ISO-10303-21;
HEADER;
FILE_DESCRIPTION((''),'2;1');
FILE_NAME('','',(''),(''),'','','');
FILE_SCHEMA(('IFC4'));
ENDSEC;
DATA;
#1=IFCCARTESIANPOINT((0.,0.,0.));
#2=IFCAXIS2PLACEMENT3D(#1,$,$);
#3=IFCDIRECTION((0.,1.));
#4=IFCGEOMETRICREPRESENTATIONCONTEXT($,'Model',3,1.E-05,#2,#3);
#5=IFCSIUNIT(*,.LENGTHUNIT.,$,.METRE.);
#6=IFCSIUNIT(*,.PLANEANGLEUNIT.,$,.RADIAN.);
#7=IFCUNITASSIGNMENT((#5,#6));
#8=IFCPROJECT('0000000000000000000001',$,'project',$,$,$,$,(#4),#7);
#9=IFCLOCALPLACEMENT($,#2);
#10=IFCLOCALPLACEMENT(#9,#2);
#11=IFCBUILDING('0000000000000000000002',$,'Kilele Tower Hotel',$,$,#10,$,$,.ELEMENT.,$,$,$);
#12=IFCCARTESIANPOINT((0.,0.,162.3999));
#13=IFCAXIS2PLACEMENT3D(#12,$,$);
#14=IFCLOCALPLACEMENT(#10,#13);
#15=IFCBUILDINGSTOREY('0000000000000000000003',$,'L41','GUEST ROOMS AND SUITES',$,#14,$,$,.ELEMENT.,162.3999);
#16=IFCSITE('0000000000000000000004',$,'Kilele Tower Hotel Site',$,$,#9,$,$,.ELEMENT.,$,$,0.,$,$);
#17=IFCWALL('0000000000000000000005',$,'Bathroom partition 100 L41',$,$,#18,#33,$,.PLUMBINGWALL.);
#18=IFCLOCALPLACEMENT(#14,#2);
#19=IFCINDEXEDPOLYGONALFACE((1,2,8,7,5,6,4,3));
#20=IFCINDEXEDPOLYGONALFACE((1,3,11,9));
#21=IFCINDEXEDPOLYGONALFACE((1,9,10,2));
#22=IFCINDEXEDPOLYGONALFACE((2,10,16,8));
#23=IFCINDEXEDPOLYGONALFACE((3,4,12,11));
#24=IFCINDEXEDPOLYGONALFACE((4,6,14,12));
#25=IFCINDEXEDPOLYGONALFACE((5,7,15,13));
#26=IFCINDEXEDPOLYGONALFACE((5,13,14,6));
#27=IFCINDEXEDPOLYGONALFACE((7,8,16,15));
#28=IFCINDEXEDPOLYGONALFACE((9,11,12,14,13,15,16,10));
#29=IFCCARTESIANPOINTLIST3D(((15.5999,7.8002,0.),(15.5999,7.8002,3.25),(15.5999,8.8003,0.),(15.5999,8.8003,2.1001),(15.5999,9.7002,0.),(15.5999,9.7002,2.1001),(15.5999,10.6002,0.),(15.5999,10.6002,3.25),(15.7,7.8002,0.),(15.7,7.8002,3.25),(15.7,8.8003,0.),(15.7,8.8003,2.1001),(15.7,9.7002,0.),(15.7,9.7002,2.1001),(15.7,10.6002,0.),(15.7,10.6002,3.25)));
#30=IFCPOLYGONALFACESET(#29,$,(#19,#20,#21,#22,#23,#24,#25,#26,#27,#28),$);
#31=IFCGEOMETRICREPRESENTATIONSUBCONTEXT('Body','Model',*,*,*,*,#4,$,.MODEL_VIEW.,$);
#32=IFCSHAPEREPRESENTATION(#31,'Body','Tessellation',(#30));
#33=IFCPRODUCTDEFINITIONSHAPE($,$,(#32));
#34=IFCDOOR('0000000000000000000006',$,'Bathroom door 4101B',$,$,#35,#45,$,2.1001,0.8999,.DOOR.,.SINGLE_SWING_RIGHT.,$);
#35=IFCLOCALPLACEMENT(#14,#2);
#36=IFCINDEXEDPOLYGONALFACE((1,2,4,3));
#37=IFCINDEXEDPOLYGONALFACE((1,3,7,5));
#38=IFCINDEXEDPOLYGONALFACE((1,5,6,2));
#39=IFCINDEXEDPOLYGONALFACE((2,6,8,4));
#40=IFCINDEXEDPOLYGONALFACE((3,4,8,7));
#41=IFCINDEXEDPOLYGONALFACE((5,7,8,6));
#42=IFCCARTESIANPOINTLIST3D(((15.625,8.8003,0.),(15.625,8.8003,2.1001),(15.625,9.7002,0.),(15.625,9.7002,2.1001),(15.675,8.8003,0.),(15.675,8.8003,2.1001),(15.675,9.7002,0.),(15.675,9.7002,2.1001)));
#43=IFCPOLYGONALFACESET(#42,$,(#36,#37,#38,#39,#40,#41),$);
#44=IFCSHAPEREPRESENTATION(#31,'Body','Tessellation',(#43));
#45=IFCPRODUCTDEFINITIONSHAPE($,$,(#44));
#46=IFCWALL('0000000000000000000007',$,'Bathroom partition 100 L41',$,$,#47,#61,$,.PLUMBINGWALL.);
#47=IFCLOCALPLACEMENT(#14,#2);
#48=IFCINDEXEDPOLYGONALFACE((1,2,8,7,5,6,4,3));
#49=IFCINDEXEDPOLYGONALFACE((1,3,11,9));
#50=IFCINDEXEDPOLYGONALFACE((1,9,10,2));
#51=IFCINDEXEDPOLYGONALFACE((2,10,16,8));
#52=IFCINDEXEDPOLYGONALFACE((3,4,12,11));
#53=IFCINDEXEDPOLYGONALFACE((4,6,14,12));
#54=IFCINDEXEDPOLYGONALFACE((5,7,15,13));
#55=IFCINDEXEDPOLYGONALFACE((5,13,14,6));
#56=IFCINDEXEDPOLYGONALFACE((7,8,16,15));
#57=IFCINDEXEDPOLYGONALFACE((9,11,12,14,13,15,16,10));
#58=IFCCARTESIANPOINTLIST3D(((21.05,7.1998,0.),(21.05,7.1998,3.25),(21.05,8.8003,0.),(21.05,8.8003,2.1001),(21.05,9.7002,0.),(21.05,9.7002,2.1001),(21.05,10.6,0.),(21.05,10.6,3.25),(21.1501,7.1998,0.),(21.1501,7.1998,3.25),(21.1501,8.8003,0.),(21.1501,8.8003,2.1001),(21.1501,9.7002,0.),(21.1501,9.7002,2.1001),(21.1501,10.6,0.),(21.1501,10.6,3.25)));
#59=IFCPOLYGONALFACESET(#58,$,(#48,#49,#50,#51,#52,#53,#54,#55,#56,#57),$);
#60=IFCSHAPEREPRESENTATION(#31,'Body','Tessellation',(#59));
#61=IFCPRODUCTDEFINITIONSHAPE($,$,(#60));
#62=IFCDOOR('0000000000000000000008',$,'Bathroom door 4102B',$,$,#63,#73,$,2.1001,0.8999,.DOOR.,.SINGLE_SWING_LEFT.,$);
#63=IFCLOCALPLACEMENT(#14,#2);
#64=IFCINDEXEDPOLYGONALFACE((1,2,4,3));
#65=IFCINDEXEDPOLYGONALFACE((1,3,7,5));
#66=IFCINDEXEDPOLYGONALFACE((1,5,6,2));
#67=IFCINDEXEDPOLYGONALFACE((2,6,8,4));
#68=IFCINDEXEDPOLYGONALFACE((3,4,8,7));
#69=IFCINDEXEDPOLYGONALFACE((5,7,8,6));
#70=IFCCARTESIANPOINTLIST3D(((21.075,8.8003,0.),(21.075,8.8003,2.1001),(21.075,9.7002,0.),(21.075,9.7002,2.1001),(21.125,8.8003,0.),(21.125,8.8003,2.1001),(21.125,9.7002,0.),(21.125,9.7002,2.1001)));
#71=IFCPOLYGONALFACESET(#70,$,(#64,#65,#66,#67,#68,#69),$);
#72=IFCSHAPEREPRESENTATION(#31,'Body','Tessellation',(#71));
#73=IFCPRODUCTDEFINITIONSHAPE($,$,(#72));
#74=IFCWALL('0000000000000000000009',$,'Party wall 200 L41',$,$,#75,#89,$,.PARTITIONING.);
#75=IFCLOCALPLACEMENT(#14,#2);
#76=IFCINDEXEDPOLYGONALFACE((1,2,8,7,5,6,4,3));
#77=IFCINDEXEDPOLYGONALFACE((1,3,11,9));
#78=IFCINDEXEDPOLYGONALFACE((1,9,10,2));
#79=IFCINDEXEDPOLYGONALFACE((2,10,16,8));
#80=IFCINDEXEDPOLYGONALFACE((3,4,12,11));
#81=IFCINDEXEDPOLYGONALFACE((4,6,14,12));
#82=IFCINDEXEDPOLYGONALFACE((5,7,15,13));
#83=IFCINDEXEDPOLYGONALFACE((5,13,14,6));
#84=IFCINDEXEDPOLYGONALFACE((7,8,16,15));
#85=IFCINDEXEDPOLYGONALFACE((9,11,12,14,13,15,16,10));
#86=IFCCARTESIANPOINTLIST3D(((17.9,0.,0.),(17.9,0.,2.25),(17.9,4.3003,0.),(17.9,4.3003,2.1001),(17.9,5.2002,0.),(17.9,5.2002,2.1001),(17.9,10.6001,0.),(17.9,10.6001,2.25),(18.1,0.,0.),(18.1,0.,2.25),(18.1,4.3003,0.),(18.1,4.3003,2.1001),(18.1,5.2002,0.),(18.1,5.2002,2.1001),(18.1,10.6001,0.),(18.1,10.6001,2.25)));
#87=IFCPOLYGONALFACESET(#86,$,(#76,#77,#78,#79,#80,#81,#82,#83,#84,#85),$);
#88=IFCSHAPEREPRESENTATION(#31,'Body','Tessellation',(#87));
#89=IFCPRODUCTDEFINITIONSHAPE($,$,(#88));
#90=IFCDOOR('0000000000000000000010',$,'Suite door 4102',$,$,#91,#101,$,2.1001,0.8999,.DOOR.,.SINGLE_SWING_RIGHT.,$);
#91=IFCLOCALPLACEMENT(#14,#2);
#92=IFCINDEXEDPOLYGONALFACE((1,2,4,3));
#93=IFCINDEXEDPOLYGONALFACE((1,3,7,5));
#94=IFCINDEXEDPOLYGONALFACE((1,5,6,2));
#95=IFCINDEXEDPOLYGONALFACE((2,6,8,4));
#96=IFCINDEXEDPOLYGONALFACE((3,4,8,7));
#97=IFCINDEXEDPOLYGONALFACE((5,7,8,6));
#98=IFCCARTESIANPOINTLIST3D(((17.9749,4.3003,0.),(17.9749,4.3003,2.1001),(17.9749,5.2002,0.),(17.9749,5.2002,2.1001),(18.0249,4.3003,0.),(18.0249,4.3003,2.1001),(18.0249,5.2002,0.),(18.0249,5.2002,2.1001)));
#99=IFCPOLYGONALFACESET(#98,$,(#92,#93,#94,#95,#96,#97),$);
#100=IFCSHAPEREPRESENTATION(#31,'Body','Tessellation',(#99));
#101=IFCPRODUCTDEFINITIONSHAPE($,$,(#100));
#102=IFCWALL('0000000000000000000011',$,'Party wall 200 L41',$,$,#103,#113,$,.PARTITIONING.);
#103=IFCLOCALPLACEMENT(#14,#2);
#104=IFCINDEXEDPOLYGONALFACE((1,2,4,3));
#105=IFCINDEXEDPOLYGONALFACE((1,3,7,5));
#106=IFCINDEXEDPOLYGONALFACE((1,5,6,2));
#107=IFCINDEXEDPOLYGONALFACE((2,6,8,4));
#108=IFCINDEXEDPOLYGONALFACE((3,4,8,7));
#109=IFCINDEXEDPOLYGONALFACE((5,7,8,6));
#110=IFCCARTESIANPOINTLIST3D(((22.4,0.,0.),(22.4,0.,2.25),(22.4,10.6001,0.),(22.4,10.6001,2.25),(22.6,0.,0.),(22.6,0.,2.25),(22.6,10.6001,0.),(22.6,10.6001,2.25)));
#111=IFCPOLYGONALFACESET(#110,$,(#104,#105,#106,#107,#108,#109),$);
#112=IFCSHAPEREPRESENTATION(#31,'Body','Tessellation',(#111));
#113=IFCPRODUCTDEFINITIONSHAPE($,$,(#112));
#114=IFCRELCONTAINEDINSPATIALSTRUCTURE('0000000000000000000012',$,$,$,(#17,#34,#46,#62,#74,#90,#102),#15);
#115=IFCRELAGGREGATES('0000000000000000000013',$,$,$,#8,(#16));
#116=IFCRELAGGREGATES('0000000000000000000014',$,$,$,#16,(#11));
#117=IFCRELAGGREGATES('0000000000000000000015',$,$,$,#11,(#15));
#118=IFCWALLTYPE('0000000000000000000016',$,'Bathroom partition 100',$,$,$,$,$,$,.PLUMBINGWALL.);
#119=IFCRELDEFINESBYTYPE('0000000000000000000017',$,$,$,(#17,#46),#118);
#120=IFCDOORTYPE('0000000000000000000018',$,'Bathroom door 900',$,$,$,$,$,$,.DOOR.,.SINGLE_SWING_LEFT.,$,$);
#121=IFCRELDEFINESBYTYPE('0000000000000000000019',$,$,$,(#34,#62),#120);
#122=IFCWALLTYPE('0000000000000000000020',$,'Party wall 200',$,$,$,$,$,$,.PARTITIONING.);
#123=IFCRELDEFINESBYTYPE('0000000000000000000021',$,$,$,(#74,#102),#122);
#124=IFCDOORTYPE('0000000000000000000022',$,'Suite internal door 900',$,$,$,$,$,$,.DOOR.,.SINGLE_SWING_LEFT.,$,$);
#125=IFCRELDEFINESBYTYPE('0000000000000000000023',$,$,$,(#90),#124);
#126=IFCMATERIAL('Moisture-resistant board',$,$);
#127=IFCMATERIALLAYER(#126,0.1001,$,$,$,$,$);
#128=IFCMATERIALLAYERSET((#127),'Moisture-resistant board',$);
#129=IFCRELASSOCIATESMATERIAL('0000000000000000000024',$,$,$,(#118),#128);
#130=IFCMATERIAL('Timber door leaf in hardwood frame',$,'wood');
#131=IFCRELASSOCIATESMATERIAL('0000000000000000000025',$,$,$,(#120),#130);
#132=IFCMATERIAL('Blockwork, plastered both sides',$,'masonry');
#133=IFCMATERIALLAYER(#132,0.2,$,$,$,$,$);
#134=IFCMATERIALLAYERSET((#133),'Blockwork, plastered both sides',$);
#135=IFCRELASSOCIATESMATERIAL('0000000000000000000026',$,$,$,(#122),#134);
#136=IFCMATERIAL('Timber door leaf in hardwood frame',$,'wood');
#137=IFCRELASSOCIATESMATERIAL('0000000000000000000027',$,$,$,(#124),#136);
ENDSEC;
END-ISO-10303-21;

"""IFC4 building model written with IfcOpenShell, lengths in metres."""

from ifc_helpers import new_model, si_unit, direction, frame, frame_2d, origin, place, context, subcontext, project, spatial, rectangle, extrude, material, layer, layer_set, type_object, element, fill, save


model = new_model("IFC4")

# Units and contexts
model_context = context("Model", 3, precision=1e-05, world=origin(), true_north=direction((0.0, 1.0)))
body_context = subcontext(model_context, "Body", "Model", "MODEL_VIEW")
ifc_project = project(units=[si_unit("LENGTHUNIT", "METRE"), si_unit("PLANEANGLEUNIT", "RADIAN")], contexts=[model_context])

# Site, building, storey
site_placement = place(None, origin())
site = spatial("IfcSite", under=ifc_project, at=site_placement, Name="Kilele Tower Hotel Site", CompositionType="ELEMENT", RefElevation=0.0)
building_placement = place(site_placement, origin())
building = spatial("IfcBuilding", under=site, at=building_placement, Name="Kilele Tower Hotel", CompositionType="ELEMENT")
storey_placement = place(building_placement, frame((0.0, 0.0, 162.3999)))
storey = spatial("IfcBuildingStorey", under=building, at=storey_placement, Name="L41", Description="GUEST ROOMS AND SUITES", CompositionType="ELEMENT", Elevation=162.3999)

# Walls, openings, doors
ifc_material_1 = material(Name="Moisture-resistant board")
ifc_layer_1 = layer(ifc_material_1, 0.1001)
ifc_layer_set_1 = layer_set([ifc_layer_1], Name="Moisture-resistant board")
wall_type_1 = type_object("IfcWallType", Name="Bathroom partition 100", PredefinedType="PLUMBINGWALL", material=ifc_layer_set_1)
wall_1_placement = place(storey_placement, frame((15.6499, 10.6001, 0.0), z_axis=(0.0, 0.0, 1.0), x_axis=(0.0, -1.0, 0.0)))
wall_1 = element("IfcWall", 1, at=wall_1_placement, inside=storey, type_object=wall_type_1, Name="Bathroom partition 100 L41", PredefinedType="PLUMBINGWALL", context=body_context, shape_type="SweptSolid", body=[
    extrude(rectangle(XDim=2.8, YDim=0.1001, at=frame_2d((1.3999, 0.0))), origin(), (0.0, 0.0, 1.0), 3.25),
])
opening_1_placement = place(wall_1_placement, frame((1.7998, 0.0, 0.0), z_axis=(0.0, 0.0, 1.0), x_axis=(-1.0, 0.0, 0.0)))
opening_1 = element("IfcOpeningElement", 2, at=opening_1_placement, cuts=wall_1, PredefinedType="OPENING", context=body_context, shape_type="SweptSolid", body=[
    extrude(rectangle(XDim=0.8999, YDim=2.1001, at=frame_2d((0.45, 1.05))), frame((0.0, 0.0601, 0.0), z_axis=(0.0, -1.0, 0.0), x_axis=(1.0, 0.0, 0.0)), (0.0, 0.0, 1.0), 0.1201),
])
ifc_material_2 = material(Name="Timber door leaf in hardwood frame", Category="wood")
door_type_1 = type_object("IfcDoorType", Name="Bathroom door 900", OperationType="SINGLE_SWING_LEFT", PredefinedType="DOOR", material=ifc_material_2)
door_1_placement = place(opening_1_placement, origin())
door_1 = element("IfcDoor", 3, at=door_1_placement, inside=storey, type_object=door_type_1, Name="Bathroom door 4101B", OperationType="SINGLE_SWING_RIGHT", OverallHeight=2.1001, OverallWidth=0.8999, PredefinedType="DOOR", context=body_context, shape_type="SweptSolid", body=[
    extrude(rectangle(XDim=0.8999, YDim=2.1001, at=frame_2d((0.45, 1.05))), frame((0.0, 0.0249, 0.0), z_axis=(0.0, -1.0, 0.0), x_axis=(1.0, 0.0, 0.0)), (0.0, 0.0, 1.0), 0.05),
])
fill(opening_1, door_1)
wall_2_placement = place(storey_placement, frame((21.1001, 10.6001, 0.0), z_axis=(0.0, 0.0, 1.0), x_axis=(0.0, -1.0, 0.0)))
wall_2 = element("IfcWall", 4, at=wall_2_placement, inside=storey, type_object=wall_type_1, Name="Bathroom partition 100 L41", PredefinedType="PLUMBINGWALL", context=body_context, shape_type="SweptSolid", body=[
    extrude(rectangle(XDim=3.4001, YDim=0.1001, at=frame_2d((1.7002, 0.0))), origin(), (0.0, 0.0, 1.0), 3.25),
])
opening_2_placement = place(wall_2_placement, frame((0.8999, 0.0, 0.0)))
opening_2 = element("IfcOpeningElement", 5, at=opening_2_placement, cuts=wall_2, PredefinedType="OPENING", context=body_context, shape_type="SweptSolid", body=[
    extrude(rectangle(XDim=0.8999, YDim=2.1001, at=frame_2d((0.45, 1.05))), frame((0.0, 0.0601, 0.0), z_axis=(0.0, -1.0, 0.0), x_axis=(1.0, 0.0, 0.0)), (0.0, 0.0, 1.0), 0.1201),
])
door_2_placement = place(opening_2_placement, origin())
door_2 = element("IfcDoor", 6, at=door_2_placement, inside=storey, type_object=door_type_1, Name="Bathroom door 4102B", OperationType="SINGLE_SWING_LEFT", OverallHeight=2.1001, OverallWidth=0.8999, PredefinedType="DOOR", context=body_context, shape_type="SweptSolid", body=[
    extrude(rectangle(XDim=0.8999, YDim=2.1001, at=frame_2d((0.45, 1.05))), frame((0.0, 0.0249, 0.0), z_axis=(0.0, -1.0, 0.0), x_axis=(1.0, 0.0, 0.0)), (0.0, 0.0, 1.0), 0.05),
])
fill(opening_2, door_2)
ifc_material_3 = material(Name="Blockwork, plastered both sides", Category="masonry")
ifc_layer_2 = layer(ifc_material_3, 0.2)
ifc_layer_set_2 = layer_set([ifc_layer_2], Name="Blockwork, plastered both sides")
wall_type_2 = type_object("IfcWallType", Name="Party wall 200", PredefinedType="PARTITIONING", material=ifc_layer_set_2)
wall_3_placement = place(storey_placement, frame((18.0, 10.6001, 0.0), z_axis=(0.0, 0.0, 1.0), x_axis=(0.0, -1.0, 0.0)))
wall_3 = element("IfcWall", 7, at=wall_3_placement, inside=storey, type_object=wall_type_2, Name="Party wall 200 L41", PredefinedType="PARTITIONING", context=body_context, shape_type="SweptSolid", body=[
    extrude(rectangle(XDim=10.6001, YDim=0.2, at=frame_2d((5.3, 0.0))), origin(), (0.0, 0.0, 1.0), 2.25),
])
opening_3_placement = place(wall_3_placement, frame((5.3999, 0.0, 0.0)))
opening_3 = element("IfcOpeningElement", 8, at=opening_3_placement, cuts=wall_3, PredefinedType="OPENING", context=body_context, shape_type="SweptSolid", body=[
    extrude(rectangle(XDim=0.8999, YDim=2.1001, at=frame_2d((0.45, 1.05))), frame((0.0, 0.1099, 0.0), z_axis=(0.0, -1.0, 0.0), x_axis=(1.0, 0.0, 0.0)), (0.0, 0.0, 1.0), 0.22),
])
ifc_material_4 = material(Name="Timber door leaf in hardwood frame", Category="wood")
door_type_2 = type_object("IfcDoorType", Name="Suite internal door 900", OperationType="SINGLE_SWING_LEFT", PredefinedType="DOOR", material=ifc_material_4)
door_3_placement = place(opening_3_placement, origin())
door_3 = element("IfcDoor", 9, at=door_3_placement, inside=storey, type_object=door_type_2, Name="Suite door 4102", OperationType="SINGLE_SWING_RIGHT", OverallHeight=2.1001, OverallWidth=0.8999, PredefinedType="DOOR", context=body_context, shape_type="SweptSolid", body=[
    extrude(rectangle(XDim=0.8999, YDim=2.1001, at=frame_2d((0.45, 1.05))), frame((0.0, 0.0249, 0.0), z_axis=(0.0, -1.0, 0.0), x_axis=(1.0, 0.0, 0.0)), (0.0, 0.0, 1.0), 0.05),
])
fill(opening_3, door_3)

# Wall
wall_4_placement = place(storey_placement, frame((22.5, 10.6001, 0.0), z_axis=(0.0, 0.0, 1.0), x_axis=(0.0, -1.0, 0.0)))
element("IfcWall", 10, at=wall_4_placement, inside=storey, type_object=wall_type_2, Name="Party wall 200 L41", PredefinedType="PARTITIONING", context=body_context, shape_type="SweptSolid", body=[
    extrude(rectangle(XDim=10.6001, YDim=0.2, at=frame_2d((5.3, 0.0))), origin(), (0.0, 0.0, 1.0), 2.25),
])

save(model, "model.ifc")
